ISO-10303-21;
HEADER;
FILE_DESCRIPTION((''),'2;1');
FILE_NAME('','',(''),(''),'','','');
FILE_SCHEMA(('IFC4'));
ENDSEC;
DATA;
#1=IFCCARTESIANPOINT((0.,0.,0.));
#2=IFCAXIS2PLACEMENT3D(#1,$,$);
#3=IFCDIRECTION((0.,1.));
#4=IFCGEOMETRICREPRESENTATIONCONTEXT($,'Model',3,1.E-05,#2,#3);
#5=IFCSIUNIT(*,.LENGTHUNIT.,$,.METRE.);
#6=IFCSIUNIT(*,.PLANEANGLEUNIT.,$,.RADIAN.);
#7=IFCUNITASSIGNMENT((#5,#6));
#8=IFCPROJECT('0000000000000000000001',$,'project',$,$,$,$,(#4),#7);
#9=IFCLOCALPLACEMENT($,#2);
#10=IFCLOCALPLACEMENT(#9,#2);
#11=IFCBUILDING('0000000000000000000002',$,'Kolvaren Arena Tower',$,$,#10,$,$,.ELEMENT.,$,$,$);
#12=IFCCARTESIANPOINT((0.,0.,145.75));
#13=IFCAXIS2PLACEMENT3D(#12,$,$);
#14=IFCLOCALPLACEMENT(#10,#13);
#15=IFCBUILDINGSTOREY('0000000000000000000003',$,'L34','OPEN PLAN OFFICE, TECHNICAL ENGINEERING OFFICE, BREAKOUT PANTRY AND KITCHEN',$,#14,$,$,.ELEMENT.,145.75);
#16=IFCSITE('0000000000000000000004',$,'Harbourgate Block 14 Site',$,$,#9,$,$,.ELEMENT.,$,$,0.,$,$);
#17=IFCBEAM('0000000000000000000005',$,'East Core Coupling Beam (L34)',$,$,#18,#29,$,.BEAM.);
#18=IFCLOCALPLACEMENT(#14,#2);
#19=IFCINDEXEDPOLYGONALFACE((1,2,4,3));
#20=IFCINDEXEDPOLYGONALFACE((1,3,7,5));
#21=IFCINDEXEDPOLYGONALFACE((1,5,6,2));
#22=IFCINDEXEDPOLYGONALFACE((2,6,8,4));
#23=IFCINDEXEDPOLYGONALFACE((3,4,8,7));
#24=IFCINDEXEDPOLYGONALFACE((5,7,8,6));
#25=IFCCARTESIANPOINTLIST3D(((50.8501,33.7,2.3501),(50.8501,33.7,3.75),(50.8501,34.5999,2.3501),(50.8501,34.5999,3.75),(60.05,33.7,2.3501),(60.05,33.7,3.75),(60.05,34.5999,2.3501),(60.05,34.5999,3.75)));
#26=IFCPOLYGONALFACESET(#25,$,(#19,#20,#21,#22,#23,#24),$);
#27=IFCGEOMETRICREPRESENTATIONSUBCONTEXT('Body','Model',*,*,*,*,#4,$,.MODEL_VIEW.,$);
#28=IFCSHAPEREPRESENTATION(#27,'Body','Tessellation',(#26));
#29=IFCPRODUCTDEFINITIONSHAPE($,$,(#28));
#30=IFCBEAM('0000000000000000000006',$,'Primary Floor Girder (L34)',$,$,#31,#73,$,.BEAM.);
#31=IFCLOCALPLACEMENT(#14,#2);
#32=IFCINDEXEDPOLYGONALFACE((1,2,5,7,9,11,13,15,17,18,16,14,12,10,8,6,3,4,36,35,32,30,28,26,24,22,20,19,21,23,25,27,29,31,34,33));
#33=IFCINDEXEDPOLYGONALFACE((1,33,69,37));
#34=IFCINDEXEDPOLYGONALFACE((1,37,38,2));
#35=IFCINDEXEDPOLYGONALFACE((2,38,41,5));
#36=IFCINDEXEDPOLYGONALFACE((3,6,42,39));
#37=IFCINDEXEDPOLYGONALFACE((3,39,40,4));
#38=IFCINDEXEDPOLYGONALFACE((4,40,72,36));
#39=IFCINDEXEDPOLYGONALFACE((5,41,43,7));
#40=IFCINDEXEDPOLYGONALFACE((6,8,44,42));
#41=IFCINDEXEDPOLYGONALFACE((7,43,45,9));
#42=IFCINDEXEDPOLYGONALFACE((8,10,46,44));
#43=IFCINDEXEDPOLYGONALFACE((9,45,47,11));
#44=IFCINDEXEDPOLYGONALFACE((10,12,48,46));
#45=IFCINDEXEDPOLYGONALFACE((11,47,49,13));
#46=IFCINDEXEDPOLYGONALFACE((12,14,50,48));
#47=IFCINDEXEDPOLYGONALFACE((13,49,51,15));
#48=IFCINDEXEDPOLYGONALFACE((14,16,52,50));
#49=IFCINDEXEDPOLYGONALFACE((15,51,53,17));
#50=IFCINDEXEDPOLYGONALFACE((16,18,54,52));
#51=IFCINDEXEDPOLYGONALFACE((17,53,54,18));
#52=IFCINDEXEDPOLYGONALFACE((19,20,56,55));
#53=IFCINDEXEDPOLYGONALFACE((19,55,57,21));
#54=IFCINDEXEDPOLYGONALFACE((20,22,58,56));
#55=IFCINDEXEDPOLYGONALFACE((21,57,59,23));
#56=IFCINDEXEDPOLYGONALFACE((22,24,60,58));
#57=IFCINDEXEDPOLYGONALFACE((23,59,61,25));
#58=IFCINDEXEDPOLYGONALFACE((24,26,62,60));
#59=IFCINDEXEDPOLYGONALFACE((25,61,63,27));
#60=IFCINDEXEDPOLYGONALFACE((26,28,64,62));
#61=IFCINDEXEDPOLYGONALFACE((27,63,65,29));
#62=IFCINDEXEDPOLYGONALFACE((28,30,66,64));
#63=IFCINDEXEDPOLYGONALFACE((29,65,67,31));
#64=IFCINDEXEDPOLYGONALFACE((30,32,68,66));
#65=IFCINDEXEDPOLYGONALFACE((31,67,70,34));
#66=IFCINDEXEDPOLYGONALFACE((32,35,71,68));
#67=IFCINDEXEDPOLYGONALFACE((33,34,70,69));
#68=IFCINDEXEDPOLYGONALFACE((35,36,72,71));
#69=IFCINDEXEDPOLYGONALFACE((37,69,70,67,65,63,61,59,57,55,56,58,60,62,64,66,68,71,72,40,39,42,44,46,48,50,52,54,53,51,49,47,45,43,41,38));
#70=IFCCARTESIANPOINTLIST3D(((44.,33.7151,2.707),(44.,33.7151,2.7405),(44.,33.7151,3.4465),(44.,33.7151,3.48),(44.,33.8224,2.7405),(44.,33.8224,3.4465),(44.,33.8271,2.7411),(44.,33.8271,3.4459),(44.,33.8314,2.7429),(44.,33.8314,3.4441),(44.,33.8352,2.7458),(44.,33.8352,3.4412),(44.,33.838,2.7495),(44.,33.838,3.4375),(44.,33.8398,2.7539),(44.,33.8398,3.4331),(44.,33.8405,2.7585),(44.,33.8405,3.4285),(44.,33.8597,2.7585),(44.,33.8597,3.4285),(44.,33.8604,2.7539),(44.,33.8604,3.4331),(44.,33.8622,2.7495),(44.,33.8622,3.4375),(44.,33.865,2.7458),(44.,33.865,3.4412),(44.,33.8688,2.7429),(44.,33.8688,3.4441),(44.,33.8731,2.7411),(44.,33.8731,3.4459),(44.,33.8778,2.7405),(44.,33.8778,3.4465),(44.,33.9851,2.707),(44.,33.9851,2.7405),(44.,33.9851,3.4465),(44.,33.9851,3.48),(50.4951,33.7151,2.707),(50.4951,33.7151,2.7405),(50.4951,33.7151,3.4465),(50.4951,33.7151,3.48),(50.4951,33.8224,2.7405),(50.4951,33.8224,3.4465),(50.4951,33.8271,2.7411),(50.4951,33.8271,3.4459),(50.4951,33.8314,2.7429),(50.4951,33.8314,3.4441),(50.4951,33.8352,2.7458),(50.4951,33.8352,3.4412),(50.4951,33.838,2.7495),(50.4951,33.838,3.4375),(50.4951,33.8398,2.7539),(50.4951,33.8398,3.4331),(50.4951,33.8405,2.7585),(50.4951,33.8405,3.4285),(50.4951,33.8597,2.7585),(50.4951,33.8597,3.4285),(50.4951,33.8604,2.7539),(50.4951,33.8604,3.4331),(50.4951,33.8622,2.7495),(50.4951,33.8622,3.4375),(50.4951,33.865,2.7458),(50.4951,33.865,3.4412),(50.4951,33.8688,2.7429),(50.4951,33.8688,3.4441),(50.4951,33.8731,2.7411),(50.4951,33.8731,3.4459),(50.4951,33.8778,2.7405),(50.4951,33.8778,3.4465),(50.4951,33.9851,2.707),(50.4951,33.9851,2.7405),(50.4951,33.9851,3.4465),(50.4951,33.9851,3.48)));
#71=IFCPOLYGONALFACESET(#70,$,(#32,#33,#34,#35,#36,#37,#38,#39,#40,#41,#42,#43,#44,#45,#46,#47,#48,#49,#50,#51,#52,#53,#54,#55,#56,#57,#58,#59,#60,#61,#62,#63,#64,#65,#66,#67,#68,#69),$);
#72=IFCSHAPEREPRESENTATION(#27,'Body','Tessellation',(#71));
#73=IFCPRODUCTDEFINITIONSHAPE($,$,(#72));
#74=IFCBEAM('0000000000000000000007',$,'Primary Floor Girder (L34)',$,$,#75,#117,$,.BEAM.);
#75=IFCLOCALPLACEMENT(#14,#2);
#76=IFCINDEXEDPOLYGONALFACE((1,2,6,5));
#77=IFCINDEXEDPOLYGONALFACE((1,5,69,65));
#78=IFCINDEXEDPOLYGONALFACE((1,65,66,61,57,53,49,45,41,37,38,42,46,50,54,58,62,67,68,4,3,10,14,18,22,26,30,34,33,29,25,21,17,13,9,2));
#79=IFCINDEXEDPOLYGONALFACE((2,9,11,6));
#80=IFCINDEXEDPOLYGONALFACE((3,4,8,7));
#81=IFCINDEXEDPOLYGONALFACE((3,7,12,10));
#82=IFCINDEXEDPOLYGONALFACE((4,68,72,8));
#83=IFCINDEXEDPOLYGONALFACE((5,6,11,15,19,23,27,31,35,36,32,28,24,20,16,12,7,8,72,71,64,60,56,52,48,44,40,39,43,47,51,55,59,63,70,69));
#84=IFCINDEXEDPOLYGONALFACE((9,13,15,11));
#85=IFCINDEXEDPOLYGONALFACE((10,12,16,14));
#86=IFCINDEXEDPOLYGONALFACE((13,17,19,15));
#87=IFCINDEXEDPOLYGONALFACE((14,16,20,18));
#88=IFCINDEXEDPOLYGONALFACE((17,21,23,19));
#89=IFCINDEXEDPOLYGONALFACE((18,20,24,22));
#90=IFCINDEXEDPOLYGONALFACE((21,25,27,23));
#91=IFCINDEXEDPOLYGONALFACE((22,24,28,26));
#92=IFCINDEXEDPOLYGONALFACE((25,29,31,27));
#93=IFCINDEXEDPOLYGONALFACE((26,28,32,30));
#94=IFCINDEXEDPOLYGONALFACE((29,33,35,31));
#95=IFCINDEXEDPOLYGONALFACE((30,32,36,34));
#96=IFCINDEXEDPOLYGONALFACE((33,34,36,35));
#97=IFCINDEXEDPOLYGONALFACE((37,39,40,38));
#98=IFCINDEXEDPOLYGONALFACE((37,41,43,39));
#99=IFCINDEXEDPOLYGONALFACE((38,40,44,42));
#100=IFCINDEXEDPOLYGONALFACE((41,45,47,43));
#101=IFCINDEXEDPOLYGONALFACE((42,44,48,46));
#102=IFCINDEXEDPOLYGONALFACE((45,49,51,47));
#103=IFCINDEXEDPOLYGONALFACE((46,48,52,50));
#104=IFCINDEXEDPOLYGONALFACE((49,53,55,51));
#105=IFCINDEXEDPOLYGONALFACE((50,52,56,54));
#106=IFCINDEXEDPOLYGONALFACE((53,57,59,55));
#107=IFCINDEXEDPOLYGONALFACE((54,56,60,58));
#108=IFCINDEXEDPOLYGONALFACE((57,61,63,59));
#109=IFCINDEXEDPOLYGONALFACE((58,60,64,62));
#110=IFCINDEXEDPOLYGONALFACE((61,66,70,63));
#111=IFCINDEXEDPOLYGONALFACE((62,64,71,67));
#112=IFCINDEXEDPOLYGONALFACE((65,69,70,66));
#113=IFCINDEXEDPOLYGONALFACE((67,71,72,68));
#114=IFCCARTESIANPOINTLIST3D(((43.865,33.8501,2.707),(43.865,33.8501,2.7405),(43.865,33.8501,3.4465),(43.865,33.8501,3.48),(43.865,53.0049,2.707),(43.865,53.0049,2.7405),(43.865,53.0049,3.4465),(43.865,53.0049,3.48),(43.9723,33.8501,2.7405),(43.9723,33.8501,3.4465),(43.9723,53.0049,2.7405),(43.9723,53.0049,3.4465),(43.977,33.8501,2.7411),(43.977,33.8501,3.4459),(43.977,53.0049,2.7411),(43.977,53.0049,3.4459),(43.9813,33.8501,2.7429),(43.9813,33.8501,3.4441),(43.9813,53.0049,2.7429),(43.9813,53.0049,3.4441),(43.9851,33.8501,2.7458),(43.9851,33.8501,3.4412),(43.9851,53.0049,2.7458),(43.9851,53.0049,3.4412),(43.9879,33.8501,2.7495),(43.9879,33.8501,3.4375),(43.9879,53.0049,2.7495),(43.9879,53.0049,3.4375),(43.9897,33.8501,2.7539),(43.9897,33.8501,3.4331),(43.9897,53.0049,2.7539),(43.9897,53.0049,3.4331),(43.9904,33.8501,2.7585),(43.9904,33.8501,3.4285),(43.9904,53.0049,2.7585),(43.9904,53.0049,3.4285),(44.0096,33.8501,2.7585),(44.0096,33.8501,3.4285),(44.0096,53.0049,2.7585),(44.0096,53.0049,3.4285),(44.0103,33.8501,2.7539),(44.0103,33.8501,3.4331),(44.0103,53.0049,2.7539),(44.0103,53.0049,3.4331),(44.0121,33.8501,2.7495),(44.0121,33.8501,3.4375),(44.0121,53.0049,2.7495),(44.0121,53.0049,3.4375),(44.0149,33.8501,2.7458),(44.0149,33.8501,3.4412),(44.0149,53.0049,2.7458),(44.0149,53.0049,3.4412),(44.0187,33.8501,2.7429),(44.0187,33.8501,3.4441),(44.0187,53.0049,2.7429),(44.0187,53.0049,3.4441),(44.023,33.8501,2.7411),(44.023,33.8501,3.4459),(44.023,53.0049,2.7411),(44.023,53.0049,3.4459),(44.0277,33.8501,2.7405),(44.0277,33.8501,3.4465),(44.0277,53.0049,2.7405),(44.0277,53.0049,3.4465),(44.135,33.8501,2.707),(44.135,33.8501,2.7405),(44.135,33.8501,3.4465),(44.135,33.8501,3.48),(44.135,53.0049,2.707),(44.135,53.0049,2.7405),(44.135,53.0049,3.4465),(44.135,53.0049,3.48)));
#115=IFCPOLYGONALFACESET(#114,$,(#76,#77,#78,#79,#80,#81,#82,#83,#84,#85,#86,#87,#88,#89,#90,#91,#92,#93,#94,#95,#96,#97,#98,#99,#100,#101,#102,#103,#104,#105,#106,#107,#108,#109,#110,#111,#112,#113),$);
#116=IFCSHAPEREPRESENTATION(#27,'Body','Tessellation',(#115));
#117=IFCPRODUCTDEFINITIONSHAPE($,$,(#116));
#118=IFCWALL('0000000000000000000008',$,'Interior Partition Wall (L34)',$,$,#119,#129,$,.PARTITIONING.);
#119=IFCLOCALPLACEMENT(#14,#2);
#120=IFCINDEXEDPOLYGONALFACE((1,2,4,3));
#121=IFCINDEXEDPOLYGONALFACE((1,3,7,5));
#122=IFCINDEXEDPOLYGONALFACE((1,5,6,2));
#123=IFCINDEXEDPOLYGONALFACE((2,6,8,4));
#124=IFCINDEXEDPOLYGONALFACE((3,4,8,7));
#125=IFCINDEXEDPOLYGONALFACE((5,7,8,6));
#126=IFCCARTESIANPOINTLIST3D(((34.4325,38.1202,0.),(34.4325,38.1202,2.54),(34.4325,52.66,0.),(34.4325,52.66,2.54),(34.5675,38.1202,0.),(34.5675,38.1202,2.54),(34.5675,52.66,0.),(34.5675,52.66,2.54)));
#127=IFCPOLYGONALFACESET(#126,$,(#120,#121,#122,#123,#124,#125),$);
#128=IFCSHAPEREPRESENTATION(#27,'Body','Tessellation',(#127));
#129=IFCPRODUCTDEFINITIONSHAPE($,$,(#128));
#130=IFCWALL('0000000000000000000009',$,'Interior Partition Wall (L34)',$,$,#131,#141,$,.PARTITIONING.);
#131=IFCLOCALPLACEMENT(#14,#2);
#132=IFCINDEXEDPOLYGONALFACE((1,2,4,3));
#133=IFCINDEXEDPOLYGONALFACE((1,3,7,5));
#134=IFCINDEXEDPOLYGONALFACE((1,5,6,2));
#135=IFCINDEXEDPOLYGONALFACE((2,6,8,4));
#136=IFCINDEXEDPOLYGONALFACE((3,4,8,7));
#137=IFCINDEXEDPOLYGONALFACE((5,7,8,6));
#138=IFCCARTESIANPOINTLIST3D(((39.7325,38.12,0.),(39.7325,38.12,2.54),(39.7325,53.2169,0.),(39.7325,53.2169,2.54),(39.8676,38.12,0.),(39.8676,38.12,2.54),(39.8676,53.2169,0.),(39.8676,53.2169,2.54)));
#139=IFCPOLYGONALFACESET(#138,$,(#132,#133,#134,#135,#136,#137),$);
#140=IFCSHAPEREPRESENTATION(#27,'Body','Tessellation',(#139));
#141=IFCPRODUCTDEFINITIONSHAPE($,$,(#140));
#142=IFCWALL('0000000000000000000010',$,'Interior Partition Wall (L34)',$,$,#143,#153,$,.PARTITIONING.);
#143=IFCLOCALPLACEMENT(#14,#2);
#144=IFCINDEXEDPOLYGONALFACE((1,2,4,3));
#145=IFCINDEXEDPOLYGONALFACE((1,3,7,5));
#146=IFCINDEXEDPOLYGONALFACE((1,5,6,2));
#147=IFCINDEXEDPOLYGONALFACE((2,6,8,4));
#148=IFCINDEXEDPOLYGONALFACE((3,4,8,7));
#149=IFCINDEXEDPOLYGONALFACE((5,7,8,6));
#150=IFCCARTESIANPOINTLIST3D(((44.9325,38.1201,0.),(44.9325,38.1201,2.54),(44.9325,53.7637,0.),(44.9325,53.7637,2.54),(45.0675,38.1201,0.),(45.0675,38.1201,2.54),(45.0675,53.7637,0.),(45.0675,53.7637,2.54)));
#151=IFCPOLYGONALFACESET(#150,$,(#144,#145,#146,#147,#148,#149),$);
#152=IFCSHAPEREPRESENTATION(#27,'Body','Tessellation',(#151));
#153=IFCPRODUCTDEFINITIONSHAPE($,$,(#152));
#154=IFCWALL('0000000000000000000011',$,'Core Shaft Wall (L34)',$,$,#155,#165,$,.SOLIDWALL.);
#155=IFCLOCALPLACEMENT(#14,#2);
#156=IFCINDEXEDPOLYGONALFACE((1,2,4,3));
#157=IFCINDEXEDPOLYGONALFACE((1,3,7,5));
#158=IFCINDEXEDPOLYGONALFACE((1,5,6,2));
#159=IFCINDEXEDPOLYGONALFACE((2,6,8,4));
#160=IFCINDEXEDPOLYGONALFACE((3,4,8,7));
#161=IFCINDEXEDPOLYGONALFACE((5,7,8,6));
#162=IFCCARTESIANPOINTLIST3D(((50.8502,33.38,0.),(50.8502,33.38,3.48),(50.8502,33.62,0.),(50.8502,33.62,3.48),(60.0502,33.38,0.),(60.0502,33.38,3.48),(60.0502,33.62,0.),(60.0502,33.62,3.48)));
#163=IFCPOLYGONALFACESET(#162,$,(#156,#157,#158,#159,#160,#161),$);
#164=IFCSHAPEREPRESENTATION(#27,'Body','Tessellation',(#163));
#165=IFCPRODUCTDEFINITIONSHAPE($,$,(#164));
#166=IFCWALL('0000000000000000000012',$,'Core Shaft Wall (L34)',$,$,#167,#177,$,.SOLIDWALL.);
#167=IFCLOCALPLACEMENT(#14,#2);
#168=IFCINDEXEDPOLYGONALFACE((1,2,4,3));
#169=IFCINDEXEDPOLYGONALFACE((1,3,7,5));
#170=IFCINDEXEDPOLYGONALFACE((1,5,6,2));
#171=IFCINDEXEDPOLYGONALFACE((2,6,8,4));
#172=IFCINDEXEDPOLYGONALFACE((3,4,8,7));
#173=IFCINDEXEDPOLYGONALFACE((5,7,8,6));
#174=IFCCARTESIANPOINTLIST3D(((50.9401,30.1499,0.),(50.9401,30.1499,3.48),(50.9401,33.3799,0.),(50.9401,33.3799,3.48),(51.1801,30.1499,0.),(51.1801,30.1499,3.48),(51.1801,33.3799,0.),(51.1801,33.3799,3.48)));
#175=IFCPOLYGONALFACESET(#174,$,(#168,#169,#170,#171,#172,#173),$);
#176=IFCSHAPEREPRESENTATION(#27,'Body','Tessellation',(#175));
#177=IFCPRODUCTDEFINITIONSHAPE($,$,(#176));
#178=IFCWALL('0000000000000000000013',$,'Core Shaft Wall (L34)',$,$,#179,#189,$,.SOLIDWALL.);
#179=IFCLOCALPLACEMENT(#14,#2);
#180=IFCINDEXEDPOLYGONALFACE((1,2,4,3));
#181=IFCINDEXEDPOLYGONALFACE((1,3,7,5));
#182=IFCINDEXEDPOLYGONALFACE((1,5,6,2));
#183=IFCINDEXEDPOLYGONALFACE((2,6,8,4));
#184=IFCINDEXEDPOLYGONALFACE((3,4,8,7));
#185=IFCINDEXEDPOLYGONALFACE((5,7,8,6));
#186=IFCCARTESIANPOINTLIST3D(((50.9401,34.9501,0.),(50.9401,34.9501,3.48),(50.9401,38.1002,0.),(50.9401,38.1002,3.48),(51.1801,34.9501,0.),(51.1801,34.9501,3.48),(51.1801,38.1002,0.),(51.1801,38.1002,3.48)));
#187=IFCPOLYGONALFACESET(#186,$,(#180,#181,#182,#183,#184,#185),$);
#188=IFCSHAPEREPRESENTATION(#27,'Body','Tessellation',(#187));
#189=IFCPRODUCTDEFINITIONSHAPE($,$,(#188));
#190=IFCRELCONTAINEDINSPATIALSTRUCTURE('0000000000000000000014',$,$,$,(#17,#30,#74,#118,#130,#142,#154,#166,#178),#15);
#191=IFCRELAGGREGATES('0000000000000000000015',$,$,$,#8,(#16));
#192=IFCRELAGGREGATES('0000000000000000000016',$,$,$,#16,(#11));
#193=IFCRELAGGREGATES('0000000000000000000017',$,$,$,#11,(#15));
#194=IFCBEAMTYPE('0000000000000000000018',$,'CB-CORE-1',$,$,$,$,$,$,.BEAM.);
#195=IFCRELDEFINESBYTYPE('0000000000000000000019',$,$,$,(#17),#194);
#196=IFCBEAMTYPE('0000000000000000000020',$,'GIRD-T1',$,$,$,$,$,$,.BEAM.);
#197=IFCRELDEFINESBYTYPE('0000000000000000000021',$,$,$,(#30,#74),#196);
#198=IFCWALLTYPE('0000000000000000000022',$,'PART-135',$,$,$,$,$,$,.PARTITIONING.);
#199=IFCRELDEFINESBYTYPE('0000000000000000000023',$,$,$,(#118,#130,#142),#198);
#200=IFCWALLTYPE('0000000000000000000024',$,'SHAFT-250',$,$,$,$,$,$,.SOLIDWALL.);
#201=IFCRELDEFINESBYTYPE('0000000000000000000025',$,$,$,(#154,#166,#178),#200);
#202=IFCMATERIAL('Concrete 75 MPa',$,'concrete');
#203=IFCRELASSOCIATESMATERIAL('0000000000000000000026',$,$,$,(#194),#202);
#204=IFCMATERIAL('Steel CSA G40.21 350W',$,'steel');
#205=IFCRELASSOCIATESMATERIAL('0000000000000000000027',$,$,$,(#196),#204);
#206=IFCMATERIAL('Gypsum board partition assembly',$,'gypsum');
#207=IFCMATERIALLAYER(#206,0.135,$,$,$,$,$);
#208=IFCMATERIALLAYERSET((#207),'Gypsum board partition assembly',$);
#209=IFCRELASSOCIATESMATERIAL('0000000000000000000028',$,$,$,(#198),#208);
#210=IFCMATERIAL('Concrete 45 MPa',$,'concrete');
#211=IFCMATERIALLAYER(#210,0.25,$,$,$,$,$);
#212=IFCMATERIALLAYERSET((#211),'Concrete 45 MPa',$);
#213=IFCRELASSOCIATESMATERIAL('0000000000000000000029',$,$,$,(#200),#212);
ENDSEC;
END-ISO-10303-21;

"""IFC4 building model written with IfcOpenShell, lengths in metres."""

from ifc_helpers import new_model, si_unit, direction, frame, frame_2d, origin, origin_2d, place, context, subcontext, project, spatial, rectangle, i_section, extrude, material, layer, layer_set, material_profile, profile_set, type_object, element, save


model = new_model("IFC4")

# Units and contexts
model_context = context("Model", 3, precision=1e-05, world=origin(), true_north=direction((0.0, 1.0)))
body_context = subcontext(model_context, "Body", "Model", "MODEL_VIEW")
ifc_project = project(units=[si_unit("LENGTHUNIT", "METRE"), si_unit("PLANEANGLEUNIT", "RADIAN")], contexts=[model_context])

# Site, building, storey
site_placement = place(None, origin())
site = spatial("IfcSite", under=ifc_project, at=site_placement, Name="Harbourgate Block 14 Site", CompositionType="ELEMENT", RefElevation=0.0)
building_placement = place(site_placement, origin())
building = spatial("IfcBuilding", under=site, at=building_placement, Name="Kolvaren Arena Tower", CompositionType="ELEMENT")
storey_placement = place(building_placement, frame((0.0, 0.0, 145.75)))
storey = spatial("IfcBuildingStorey", under=building, at=storey_placement, Name="L34", Description="OPEN PLAN OFFICE, TECHNICAL ENGINEERING OFFICE, BREAKOUT PANTRY AND KITCHEN", CompositionType="ELEMENT", Elevation=145.75)

# Beams
ifc_material_1 = material(Name="Steel CSA G40.21 350W", Category="steel")
ifc_material_2 = material(Name="Concrete 75 MPa", Category="concrete")
ifc_material_profile_1 = material_profile(ifc_material_2, rectangle(XDim=0.8999, YDim=1.3999, at=origin_2d()), Name="RC-900x1400")
ifc_profile_set_1 = profile_set([ifc_material_profile_1], Name="Concrete 75 MPa")
beam_type_1 = type_object("IfcBeamType", Name="CB-CORE-1", PredefinedType="BEAM", material=ifc_profile_set_1)
beam_1_placement = place(storey_placement, frame((50.8501, 34.1499, 3.05), z_axis=(1.0, 0.0, 0.0), x_axis=(0.0, 1.0, 0.0)))
element("IfcBeam", 1, at=beam_1_placement, inside=storey, type_object=beam_type_1, Name="East Core Coupling Beam (L34)", PredefinedType="BEAM", context=body_context, shape_type="SweptSolid", body=[
    extrude(rectangle(XDim=0.8999, YDim=1.3999, at=origin_2d()), origin(), (0.0, 0.0, 1.0), 9.2),
])
ifc_material_profile_2 = material_profile(ifc_material_1, i_section(OverallWidth=0.27, OverallDepth=0.7729, WebThickness=0.0193, FlangeThickness=0.0334, FilletRadius=0.0181, at=origin_2d()), Name="W760x257")
ifc_profile_set_2 = profile_set([ifc_material_profile_2], Name="Steel CSA G40.21 350W")
beam_type_2 = type_object("IfcBeamType", Name="GIRD-T1", PredefinedType="BEAM", material=ifc_profile_set_2)
beam_2_placement = place(storey_placement, frame((44.0, 33.8501, 3.0935), z_axis=(1.0, 0.0, 0.0), x_axis=(0.0, 1.0, 0.0)))
element("IfcBeam", 2, at=beam_2_placement, inside=storey, type_object=beam_type_2, Name="Primary Floor Girder (L34)", PredefinedType="BEAM", context=body_context, shape_type="SweptSolid", body=[
    extrude(i_section(OverallWidth=0.27, OverallDepth=0.7729, WebThickness=0.0193, FlangeThickness=0.0334, FilletRadius=0.0181, at=origin_2d()), origin(), (0.0, 0.0, 1.0), 6.4951),
])
beam_3_placement = place(storey_placement, frame((44.0, 33.8501, 3.0935), z_axis=(0.0, 1.0, 0.0), x_axis=(-1.0, 0.0, 0.0)))
element("IfcBeam", 3, at=beam_3_placement, inside=storey, type_object=beam_type_2, Name="Primary Floor Girder (L34)", PredefinedType="BEAM", context=body_context, shape_type="SweptSolid", body=[
    extrude(i_section(OverallWidth=0.27, OverallDepth=0.7729, WebThickness=0.0193, FlangeThickness=0.0334, FilletRadius=0.0181, at=origin_2d()), origin(), (0.0, 0.0, 1.0), 19.1548),
])

# Walls
ifc_material_3 = material(Name="Gypsum board partition assembly", Category="gypsum")
ifc_layer_1 = layer(ifc_material_3, 0.135)
ifc_layer_set_1 = layer_set([ifc_layer_1], Name="Gypsum board partition assembly")
wall_type_1 = type_object("IfcWallType", Name="PART-135", PredefinedType="PARTITIONING", material=ifc_layer_set_1)
wall_1_placement = place(storey_placement, frame((34.5, 38.1201, 0.0), z_axis=(0.0, 0.0, 1.0), x_axis=(0.0, 1.0, 0.0)))
element("IfcWall", 4, at=wall_1_placement, inside=storey, type_object=wall_type_1, Name="Interior Partition Wall (L34)", PredefinedType="PARTITIONING", context=body_context, shape_type="SweptSolid", body=[
    extrude(rectangle(XDim=14.5398, YDim=0.135, at=frame_2d((7.27, 0.0))), origin(), (0.0, 0.0, 1.0), 2.54),
])
wall_2_placement = place(storey_placement, frame((39.8, 38.1201, 0.0), z_axis=(0.0, 0.0, 1.0), x_axis=(0.0, 1.0, 0.0)))
element("IfcWall", 5, at=wall_2_placement, inside=storey, type_object=wall_type_1, Name="Interior Partition Wall (L34)", PredefinedType="PARTITIONING", context=body_context, shape_type="SweptSolid", body=[
    extrude(rectangle(XDim=15.0969, YDim=0.135, at=frame_2d((7.5483, 0.0))), origin(), (0.0, 0.0, 1.0), 2.54),
])
wall_3_placement = place(storey_placement, frame((45.0, 38.1201, 0.0), z_axis=(0.0, 0.0, 1.0), x_axis=(0.0, 1.0, 0.0)))
element("IfcWall", 6, at=wall_3_placement, inside=storey, type_object=wall_type_1, Name="Interior Partition Wall (L34)", PredefinedType="PARTITIONING", context=body_context, shape_type="SweptSolid", body=[
    extrude(rectangle(XDim=15.6436, YDim=0.135, at=frame_2d((7.8218, 0.0))), origin(), (0.0, 0.0, 1.0), 2.54),
])
ifc_material_4 = material(Name="Concrete 45 MPa", Category="concrete")
ifc_layer_2 = layer(ifc_material_4, 0.25)
ifc_layer_set_2 = layer_set([ifc_layer_2], Name="Concrete 45 MPa")
wall_type_2 = type_object("IfcWallType", Name="SHAFT-250", PredefinedType="SOLIDWALL", material=ifc_layer_set_2)
wall_4_placement = place(storey_placement, frame((50.8501, 33.5, 0.0), z_axis=(0.0, 0.0, 1.0), x_axis=(1.0, 0.0, 0.0)))
element("IfcWall", 7, at=wall_4_placement, inside=storey, type_object=wall_type_2, Name="Core Shaft Wall (L34)", PredefinedType="SOLIDWALL", context=body_context, shape_type="SweptSolid", body=[
    extrude(rectangle(XDim=9.2, YDim=0.24, at=frame_2d((4.6001, 0.0))), origin(), (0.0, 0.0, 1.0), 3.48),
])
wall_5_placement = place(storey_placement, frame((51.0601, 30.1499, 0.0), z_axis=(0.0, 0.0, 1.0), x_axis=(0.0, 1.0, 0.0)))
element("IfcWall", 8, at=wall_5_placement, inside=storey, type_object=wall_type_2, Name="Core Shaft Wall (L34)", PredefinedType="SOLIDWALL", context=body_context, shape_type="SweptSolid", body=[
    extrude(rectangle(XDim=3.23, YDim=0.24, at=frame_2d((1.615, 0.0))), origin(), (0.0, 0.0, 1.0), 3.48),
])
wall_6_placement = place(storey_placement, frame((51.0601, 34.95, 0.0), z_axis=(0.0, 0.0, 1.0), x_axis=(0.0, 1.0, 0.0)))
element("IfcWall", 9, at=wall_6_placement, inside=storey, type_object=wall_type_2, Name="Core Shaft Wall (L34)", PredefinedType="SOLIDWALL", context=body_context, shape_type="SweptSolid", body=[
    extrude(rectangle(XDim=3.1501, YDim=0.24, at=frame_2d((1.5752, 0.0))), origin(), (0.0, 0.0, 1.0), 3.48),
])

save(model, "model.ifc")
